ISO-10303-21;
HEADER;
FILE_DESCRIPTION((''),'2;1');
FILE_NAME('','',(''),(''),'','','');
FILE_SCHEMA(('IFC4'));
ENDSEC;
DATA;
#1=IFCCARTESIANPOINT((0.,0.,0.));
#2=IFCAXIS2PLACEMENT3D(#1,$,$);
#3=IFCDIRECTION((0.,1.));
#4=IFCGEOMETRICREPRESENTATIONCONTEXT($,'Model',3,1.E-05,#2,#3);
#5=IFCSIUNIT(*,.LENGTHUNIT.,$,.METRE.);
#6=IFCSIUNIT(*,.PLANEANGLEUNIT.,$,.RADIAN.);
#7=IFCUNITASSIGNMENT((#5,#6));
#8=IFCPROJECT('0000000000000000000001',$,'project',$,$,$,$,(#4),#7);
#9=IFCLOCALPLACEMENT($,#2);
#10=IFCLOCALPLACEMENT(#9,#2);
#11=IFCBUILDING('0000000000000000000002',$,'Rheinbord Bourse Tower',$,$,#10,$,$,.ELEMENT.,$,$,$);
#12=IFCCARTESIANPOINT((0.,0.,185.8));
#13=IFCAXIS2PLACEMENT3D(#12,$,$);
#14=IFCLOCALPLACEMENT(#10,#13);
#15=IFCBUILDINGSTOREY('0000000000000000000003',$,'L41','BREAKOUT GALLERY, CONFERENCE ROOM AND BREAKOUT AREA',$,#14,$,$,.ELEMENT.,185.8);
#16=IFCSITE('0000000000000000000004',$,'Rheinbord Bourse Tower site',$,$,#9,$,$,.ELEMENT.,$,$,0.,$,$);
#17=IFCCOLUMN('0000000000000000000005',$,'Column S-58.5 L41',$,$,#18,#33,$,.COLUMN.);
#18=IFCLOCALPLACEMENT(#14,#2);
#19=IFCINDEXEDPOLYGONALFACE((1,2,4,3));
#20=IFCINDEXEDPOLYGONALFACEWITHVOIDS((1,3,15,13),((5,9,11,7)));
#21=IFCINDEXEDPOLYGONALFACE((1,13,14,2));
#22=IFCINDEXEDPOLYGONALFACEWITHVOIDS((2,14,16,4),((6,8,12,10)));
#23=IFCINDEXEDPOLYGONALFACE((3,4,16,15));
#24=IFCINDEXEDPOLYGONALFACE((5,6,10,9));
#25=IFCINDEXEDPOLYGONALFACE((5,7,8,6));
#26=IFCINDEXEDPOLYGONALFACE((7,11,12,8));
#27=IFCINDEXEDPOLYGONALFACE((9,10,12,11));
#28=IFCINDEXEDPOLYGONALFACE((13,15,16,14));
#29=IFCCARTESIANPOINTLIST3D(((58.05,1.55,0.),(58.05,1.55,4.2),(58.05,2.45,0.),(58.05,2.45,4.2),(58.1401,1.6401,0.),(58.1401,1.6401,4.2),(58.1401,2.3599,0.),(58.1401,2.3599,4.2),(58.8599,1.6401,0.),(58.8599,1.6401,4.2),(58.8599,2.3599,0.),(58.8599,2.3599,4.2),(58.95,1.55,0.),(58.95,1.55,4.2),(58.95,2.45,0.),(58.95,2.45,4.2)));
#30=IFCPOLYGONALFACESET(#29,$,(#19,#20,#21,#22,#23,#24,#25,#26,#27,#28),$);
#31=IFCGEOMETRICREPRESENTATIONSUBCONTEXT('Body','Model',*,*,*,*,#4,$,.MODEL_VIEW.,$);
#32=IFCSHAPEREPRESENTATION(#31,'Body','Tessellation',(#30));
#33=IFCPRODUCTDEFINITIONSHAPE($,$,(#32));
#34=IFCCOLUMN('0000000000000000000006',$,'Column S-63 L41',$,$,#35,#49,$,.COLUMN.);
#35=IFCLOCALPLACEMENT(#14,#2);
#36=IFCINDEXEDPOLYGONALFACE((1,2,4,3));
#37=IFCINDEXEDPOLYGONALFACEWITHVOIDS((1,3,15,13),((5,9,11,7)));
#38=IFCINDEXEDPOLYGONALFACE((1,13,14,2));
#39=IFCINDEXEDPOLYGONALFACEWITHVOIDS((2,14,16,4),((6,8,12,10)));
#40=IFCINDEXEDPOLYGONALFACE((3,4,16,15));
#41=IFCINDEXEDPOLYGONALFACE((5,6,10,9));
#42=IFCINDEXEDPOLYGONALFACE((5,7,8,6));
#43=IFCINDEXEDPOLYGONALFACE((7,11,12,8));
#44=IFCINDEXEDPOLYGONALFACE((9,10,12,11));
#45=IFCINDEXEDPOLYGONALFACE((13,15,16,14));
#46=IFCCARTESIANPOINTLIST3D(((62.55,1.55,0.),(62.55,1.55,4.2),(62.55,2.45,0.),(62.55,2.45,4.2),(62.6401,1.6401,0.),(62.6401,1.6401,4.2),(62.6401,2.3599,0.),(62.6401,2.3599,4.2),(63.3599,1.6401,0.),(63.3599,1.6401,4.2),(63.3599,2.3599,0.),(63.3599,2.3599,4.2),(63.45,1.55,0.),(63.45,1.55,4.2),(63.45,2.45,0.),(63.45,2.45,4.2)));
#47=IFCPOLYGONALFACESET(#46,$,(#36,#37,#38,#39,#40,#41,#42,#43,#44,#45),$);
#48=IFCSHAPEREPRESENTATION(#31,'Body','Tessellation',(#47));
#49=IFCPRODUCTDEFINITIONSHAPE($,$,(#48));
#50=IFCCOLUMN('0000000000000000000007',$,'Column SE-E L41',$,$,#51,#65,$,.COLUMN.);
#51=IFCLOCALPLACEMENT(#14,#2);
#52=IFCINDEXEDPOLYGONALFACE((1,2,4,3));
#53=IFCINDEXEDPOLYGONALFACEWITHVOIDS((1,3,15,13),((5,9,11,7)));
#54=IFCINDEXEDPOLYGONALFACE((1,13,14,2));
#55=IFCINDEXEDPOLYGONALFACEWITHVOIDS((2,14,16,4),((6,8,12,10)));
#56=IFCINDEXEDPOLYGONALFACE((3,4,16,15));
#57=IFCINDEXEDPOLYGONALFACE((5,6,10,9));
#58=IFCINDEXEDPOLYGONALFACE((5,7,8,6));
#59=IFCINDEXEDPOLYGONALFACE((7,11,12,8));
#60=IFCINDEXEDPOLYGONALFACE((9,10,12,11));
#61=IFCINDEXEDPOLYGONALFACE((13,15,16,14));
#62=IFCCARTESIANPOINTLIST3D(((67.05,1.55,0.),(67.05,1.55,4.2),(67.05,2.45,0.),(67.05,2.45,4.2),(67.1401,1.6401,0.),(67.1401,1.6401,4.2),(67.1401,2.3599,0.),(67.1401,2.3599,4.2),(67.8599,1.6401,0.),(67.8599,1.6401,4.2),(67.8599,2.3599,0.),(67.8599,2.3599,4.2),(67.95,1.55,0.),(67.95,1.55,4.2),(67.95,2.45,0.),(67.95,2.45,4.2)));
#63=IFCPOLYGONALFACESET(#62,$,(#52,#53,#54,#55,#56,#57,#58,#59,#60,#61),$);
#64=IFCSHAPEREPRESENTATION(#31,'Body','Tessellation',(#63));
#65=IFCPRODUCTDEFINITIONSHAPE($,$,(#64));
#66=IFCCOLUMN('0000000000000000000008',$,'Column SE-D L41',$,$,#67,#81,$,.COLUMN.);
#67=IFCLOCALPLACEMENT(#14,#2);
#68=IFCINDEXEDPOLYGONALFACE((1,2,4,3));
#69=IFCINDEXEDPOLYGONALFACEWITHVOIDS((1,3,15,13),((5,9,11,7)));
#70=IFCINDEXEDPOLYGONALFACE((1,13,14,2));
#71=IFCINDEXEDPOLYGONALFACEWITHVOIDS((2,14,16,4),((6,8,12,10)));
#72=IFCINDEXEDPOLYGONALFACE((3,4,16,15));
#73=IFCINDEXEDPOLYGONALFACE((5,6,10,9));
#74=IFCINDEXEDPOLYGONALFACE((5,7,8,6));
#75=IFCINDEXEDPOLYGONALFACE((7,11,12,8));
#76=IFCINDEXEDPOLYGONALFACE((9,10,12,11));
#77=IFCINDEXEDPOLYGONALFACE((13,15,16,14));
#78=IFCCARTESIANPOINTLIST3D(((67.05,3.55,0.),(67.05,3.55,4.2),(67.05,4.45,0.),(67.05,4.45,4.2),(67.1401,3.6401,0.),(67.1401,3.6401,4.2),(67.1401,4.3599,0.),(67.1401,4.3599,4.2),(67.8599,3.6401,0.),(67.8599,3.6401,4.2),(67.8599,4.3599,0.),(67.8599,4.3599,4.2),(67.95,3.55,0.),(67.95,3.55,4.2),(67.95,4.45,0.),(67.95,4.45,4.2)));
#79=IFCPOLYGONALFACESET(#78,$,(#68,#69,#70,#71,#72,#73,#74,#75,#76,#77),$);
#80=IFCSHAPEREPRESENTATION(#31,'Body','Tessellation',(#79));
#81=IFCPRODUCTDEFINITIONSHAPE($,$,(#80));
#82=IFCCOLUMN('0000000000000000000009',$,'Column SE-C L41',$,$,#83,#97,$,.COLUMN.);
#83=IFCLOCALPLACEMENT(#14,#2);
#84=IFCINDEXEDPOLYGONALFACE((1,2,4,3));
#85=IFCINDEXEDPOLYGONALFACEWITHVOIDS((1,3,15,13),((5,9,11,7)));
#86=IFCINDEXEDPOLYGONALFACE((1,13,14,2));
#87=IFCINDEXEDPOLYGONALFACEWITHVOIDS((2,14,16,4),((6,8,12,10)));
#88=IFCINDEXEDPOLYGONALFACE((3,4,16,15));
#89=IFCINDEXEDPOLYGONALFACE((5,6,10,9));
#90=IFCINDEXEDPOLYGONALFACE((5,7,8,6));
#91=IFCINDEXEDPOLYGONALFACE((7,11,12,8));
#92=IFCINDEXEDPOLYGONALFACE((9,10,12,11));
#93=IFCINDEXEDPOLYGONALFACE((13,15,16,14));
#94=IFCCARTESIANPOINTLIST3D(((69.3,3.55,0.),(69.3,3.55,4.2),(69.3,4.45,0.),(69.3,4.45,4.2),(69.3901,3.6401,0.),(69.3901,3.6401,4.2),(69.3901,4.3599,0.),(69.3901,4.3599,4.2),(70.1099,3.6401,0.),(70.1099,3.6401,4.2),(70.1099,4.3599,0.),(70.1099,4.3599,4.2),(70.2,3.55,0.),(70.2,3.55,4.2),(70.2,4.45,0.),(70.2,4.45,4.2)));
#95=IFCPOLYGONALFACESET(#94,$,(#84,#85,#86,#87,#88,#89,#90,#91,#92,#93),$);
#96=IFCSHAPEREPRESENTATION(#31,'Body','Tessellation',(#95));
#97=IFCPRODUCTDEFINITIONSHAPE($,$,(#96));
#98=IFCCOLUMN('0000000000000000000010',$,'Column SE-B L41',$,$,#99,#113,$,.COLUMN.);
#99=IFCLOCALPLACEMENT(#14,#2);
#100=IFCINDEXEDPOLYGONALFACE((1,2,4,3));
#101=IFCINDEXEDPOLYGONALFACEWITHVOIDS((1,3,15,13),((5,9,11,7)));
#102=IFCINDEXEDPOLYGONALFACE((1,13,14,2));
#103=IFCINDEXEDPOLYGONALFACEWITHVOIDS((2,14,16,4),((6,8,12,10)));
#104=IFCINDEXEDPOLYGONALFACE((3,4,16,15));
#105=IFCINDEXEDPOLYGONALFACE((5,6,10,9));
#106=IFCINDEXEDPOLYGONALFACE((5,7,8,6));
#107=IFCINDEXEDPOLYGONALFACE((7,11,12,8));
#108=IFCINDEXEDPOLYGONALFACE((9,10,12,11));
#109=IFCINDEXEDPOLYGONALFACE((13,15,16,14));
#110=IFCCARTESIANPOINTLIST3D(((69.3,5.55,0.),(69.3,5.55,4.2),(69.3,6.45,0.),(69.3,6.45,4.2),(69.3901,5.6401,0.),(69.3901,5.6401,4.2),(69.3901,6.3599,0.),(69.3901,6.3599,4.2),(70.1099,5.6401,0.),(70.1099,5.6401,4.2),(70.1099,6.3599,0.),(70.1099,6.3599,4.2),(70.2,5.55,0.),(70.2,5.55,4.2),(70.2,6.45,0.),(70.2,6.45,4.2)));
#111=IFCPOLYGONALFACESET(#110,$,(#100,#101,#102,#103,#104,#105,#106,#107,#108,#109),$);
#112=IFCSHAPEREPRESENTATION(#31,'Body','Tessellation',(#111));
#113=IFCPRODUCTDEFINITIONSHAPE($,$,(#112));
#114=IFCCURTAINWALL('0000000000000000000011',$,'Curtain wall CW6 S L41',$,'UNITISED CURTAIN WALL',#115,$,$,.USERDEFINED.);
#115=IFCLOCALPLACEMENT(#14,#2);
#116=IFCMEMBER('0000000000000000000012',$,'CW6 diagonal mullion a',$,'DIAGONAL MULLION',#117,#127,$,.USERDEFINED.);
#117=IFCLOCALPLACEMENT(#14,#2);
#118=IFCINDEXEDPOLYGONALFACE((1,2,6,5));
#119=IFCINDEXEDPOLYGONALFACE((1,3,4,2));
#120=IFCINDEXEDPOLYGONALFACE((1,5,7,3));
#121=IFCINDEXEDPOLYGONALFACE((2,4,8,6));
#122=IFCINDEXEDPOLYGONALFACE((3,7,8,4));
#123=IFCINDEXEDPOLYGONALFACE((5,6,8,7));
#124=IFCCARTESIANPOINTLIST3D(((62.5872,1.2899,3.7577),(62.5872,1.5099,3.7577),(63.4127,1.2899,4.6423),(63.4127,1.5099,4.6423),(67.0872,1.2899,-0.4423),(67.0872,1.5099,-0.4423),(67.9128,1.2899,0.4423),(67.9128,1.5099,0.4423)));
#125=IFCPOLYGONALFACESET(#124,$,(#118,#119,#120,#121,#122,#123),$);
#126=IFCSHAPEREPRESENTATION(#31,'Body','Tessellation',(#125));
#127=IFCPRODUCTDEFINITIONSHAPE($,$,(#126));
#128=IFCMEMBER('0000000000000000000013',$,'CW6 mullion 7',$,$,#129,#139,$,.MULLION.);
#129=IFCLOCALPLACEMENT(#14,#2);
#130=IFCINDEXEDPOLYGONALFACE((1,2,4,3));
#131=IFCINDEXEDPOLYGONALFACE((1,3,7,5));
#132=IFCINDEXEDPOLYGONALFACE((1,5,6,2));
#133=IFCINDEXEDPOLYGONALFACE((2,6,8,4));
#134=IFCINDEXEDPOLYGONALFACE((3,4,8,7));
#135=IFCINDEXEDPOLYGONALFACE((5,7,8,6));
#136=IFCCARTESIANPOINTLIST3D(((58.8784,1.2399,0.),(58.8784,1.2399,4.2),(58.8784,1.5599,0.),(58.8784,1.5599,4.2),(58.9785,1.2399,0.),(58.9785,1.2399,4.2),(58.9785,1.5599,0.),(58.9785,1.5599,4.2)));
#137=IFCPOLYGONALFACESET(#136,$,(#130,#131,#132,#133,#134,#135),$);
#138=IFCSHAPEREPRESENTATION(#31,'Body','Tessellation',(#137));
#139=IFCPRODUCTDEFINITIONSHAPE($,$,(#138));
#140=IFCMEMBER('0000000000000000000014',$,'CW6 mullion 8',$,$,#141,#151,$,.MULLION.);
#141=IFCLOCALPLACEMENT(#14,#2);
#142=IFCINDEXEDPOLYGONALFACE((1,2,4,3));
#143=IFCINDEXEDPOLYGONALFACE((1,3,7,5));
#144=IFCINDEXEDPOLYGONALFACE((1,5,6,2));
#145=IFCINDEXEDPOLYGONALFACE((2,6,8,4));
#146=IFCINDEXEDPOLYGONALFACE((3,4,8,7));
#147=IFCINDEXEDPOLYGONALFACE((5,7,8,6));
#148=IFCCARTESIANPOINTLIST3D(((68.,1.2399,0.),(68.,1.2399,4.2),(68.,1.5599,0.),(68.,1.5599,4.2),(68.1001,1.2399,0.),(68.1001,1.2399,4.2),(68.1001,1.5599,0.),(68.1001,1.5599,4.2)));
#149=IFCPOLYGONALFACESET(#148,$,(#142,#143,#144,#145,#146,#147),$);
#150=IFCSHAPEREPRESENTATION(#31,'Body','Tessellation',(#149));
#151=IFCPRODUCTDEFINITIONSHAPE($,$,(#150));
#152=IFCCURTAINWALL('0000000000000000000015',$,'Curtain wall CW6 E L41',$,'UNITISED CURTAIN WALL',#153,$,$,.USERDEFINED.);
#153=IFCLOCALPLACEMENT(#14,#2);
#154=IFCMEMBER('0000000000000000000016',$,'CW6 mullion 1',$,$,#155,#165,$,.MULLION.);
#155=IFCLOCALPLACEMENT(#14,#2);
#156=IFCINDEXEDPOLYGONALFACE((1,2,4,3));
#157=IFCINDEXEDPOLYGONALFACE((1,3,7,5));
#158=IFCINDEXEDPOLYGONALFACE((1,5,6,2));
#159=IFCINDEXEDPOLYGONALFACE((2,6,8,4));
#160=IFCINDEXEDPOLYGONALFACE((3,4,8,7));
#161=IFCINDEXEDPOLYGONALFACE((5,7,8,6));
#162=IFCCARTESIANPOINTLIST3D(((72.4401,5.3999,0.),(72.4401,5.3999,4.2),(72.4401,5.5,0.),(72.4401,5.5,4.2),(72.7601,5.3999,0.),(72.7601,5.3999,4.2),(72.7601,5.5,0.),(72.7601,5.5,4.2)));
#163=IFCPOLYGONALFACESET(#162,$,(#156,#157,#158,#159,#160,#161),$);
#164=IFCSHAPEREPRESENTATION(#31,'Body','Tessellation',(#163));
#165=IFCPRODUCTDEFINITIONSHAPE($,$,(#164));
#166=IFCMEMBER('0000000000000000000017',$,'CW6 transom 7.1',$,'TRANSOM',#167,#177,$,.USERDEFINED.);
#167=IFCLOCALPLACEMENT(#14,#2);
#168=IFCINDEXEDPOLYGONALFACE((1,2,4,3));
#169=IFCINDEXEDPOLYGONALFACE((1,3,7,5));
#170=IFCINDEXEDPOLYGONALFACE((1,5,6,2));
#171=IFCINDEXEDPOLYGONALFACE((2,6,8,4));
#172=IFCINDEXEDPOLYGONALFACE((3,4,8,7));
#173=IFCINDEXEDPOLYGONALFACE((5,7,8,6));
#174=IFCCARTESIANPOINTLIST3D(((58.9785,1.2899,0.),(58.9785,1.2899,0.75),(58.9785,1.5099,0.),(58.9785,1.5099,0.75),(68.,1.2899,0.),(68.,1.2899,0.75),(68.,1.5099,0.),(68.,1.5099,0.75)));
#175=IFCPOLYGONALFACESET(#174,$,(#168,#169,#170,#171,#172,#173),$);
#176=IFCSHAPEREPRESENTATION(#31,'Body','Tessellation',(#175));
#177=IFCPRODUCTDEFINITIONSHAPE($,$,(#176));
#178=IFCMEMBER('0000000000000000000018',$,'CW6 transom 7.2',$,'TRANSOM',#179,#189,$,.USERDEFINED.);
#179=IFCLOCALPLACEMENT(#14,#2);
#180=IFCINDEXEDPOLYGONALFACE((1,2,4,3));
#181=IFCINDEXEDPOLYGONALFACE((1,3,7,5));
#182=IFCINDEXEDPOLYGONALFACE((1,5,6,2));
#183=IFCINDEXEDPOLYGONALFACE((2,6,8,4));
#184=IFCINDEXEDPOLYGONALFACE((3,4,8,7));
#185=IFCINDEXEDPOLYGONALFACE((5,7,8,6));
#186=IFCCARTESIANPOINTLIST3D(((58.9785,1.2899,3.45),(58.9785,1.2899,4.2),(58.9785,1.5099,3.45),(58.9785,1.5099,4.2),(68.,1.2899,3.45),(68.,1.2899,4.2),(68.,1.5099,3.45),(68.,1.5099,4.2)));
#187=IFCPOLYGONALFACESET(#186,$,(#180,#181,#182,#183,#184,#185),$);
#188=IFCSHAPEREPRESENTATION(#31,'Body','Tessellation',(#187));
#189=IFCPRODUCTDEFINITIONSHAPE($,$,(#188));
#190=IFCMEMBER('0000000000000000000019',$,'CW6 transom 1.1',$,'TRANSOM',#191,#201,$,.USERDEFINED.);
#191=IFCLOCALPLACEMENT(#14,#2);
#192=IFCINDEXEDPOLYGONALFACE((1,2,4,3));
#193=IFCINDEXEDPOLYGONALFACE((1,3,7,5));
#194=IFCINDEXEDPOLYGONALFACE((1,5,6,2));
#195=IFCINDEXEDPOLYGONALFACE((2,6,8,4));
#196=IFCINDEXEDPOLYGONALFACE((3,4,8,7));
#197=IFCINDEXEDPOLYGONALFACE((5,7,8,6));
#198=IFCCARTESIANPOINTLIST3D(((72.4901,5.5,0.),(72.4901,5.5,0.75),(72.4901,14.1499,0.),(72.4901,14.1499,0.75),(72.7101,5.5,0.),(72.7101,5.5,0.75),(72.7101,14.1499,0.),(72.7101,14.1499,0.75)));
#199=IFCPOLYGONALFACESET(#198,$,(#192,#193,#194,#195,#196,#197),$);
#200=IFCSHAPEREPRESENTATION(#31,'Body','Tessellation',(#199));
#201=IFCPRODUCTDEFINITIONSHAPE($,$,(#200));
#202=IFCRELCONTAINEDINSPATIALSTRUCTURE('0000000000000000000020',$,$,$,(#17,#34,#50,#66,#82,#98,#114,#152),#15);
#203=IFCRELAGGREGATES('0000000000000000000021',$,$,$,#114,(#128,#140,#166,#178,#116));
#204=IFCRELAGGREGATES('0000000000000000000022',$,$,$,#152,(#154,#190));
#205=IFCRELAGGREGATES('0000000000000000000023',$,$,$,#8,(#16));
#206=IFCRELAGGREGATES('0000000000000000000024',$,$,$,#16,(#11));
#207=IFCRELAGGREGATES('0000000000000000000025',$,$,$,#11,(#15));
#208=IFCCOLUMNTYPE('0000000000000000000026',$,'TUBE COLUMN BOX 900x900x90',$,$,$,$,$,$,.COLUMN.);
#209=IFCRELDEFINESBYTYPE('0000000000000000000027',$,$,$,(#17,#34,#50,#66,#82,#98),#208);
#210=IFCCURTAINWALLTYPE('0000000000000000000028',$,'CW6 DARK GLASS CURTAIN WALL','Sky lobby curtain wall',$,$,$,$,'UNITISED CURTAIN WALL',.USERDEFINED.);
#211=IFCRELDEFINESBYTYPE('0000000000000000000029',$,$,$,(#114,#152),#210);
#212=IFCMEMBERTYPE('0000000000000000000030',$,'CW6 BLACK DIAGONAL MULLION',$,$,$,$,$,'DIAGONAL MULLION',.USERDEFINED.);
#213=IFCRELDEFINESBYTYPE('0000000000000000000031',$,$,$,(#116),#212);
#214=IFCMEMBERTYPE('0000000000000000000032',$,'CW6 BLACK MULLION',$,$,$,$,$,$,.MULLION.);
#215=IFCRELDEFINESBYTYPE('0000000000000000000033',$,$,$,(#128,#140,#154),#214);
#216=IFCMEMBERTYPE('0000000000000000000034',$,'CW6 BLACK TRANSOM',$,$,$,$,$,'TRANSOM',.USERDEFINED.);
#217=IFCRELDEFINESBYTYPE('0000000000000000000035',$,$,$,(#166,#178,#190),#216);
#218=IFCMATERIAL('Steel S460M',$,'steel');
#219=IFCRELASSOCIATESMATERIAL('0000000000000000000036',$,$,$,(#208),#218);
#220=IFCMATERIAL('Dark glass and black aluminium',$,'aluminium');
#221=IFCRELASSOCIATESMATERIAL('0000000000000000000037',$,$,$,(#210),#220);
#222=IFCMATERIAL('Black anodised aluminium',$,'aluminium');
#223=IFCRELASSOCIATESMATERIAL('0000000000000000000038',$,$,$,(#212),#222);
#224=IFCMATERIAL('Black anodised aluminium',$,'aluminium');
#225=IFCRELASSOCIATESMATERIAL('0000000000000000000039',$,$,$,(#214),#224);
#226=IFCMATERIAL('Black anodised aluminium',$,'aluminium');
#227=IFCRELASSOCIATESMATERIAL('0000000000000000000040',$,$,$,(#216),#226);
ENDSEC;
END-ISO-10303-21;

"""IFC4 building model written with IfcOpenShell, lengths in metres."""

from ifc_helpers import new_model, si_unit, direction, frame, origin, origin_2d, place, context, subcontext, project, spatial, rectangle, hollow_rectangle, extrude, material, material_profile, profile_set, type_object, element, aggregate, save


model = new_model("IFC4")

# Units and contexts
model_context = context("Model", 3, precision=1e-05, world=origin(), true_north=direction((0.0, 1.0)))
body_context = subcontext(model_context, "Body", "Model", "MODEL_VIEW")
ifc_project = project(units=[si_unit("LENGTHUNIT", "METRE"), si_unit("PLANEANGLEUNIT", "RADIAN")], contexts=[model_context])

# Site, building, storey
site_placement = place(None, origin())
site = spatial("IfcSite", under=ifc_project, at=site_placement, Name="Rheinbord Bourse Tower site", CompositionType="ELEMENT", RefElevation=0.0)
building_placement = place(site_placement, origin())
building = spatial("IfcBuilding", under=site, at=building_placement, Name="Rheinbord Bourse Tower", CompositionType="ELEMENT")
storey_placement = place(building_placement, frame((0.0, 0.0, 185.8)))
storey = spatial("IfcBuildingStorey", under=building, at=storey_placement, Name="L41", Description="BREAKOUT GALLERY, CONFERENCE ROOM AND BREAKOUT AREA", CompositionType="ELEMENT", Elevation=185.8)

# Columns
ifc_material_1 = material(Name="Steel S460M", Category="steel")
ifc_material_profile_1 = material_profile(ifc_material_1, hollow_rectangle(XDim=0.8999, YDim=0.8999, WallThickness=0.0901, at=origin_2d()), Name="BOX 900x900x90")
ifc_profile_set_1 = profile_set([ifc_material_profile_1], Name="Steel S460M")
column_type = type_object("IfcColumnType", Name="TUBE COLUMN BOX 900x900x90", PredefinedType="COLUMN", material=ifc_profile_set_1)
for number, where, z_axis, x_axis, name in (
    (1, (58.5, 2.0, 0.0), (0.0, 0.0, 1.0), (0.0, 1.0, 0.0), "Column S-58.5 L41"),
    (2, (63.0, 2.0, 0.0), (0.0, 0.0, 1.0), (0.0, 1.0, 0.0), "Column S-63 L41"),
    (3, (67.5, 2.0, 0.0), (0.0, 0.0, 1.0), (0.0, 1.0, 0.0), "Column SE-E L41"),
    (4, (67.5, 4.0, 0.0), (0.0, 0.0, 1.0), (0.0, 1.0, 0.0), "Column SE-D L41"),
    (5, (69.75, 4.0, 0.0), (0.0, 0.0, 1.0), (1.0, 0.0, 0.0), "Column SE-C L41"),
    (6, (69.75, 6.0, 0.0), (0.0, 0.0, 1.0), (1.0, 0.0, 0.0), "Column SE-B L41"),
):
    element("IfcColumn", number, at=place(storey_placement, frame(where, z_axis=z_axis, x_axis=x_axis)), inside=storey, type_object=column_type, Name=name, PredefinedType="COLUMN", context=body_context, shape_type="SweptSolid", body=[
        extrude(hollow_rectangle(XDim=0.8999, YDim=0.8999, WallThickness=0.0901, at=origin_2d()), origin(), (0.0, 0.0, 1.0), 4.2),
    ])

# Curtain wall, members
ifc_material_2 = material(Name="Dark glass and black aluminium", Category="aluminium")
curtain_wall_type = type_object("IfcCurtainWallType", Name="CW6 DARK GLASS CURTAIN WALL", Description="Sky lobby curtain wall", ElementType="UNITISED CURTAIN WALL", PredefinedType="USERDEFINED", material=ifc_material_2)
curtain_wall_1_placement = place(storey_placement, origin())
curtain_wall_1 = element("IfcCurtainWall", 7, at=curtain_wall_1_placement, inside=storey, type_object=curtain_wall_type, Name="Curtain wall CW6 S L41", ObjectType="UNITISED CURTAIN WALL", PredefinedType="USERDEFINED")
ifc_material_3 = material(Name="Black anodised aluminium", Category="aluminium")
ifc_material_profile_2 = material_profile(ifc_material_3, rectangle(XDim=0.22, YDim=1.21, at=origin_2d()), Name="CW6 DIAGONAL MULLION 1210x220")
ifc_profile_set_2 = profile_set([ifc_material_profile_2], Name="Black anodised aluminium")
member_type_1 = type_object("IfcMemberType", Name="CW6 BLACK DIAGONAL MULLION", ElementType="DIAGONAL MULLION", PredefinedType="USERDEFINED", material=ifc_profile_set_2)
member_1_placement = place(storey_placement, frame((67.5, 1.3999, 0.0), z_axis=(-0.731059, 0.0, 0.682314), x_axis=(0.0, -1.0, 0.0)))
member_1 = element("IfcMember", 8, at=member_1_placement, type_object=member_type_1, Name="CW6 diagonal mullion a", ObjectType="DIAGONAL MULLION", PredefinedType="USERDEFINED", context=body_context, shape_type="SweptSolid", body=[
    extrude(rectangle(XDim=0.22, YDim=1.21, at=origin_2d()), origin(), (0.0, 0.0, 1.0), 6.1555),
])
ifc_material_4 = material(Name="Black anodised aluminium", Category="aluminium")
ifc_material_profile_3 = material_profile(ifc_material_4, rectangle(XDim=0.3201, YDim=0.1001, at=origin_2d()), Name="CW6 MULLION 100x320")
ifc_profile_set_3 = profile_set([ifc_material_profile_3], Name="Black anodised aluminium")
member_type_2 = type_object("IfcMemberType", Name="CW6 BLACK MULLION", PredefinedType="MULLION", material=ifc_profile_set_3)
member_2_placement = place(storey_placement, frame((58.9285, 1.3999, 0.0), z_axis=(0.0, 0.0, 1.0), x_axis=(0.0, 1.0, 0.0)))
member_2 = element("IfcMember", 9, at=member_2_placement, type_object=member_type_2, Name="CW6 mullion 7", PredefinedType="MULLION", context=body_context, shape_type="SweptSolid", body=[
    extrude(rectangle(XDim=0.3201, YDim=0.1001, at=origin_2d()), origin(), (0.0, 0.0, 1.0), 4.2),
])
member_3_placement = place(storey_placement, frame((68.05, 1.3999, 0.0), z_axis=(0.0, 0.0, 1.0), x_axis=(0.0, 1.0, 0.0)))
member_3 = element("IfcMember", 10, at=member_3_placement, type_object=member_type_2, Name="CW6 mullion 8", PredefinedType="MULLION", context=body_context, shape_type="SweptSolid", body=[
    extrude(rectangle(XDim=0.3201, YDim=0.1001, at=origin_2d()), origin(), (0.0, 0.0, 1.0), 4.2),
])

# Curtain wall, member
curtain_wall_2_placement = place(storey_placement, origin())
curtain_wall_2 = element("IfcCurtainWall", 11, at=curtain_wall_2_placement, inside=storey, type_object=curtain_wall_type, Name="Curtain wall CW6 E L41", ObjectType="UNITISED CURTAIN WALL", PredefinedType="USERDEFINED")
member_4_placement = place(storey_placement, frame((72.6001, 5.45, 0.0), z_axis=(0.0, 0.0, 1.0), x_axis=(-1.0, 0.0, 0.0)))
member_4 = element("IfcMember", 12, at=member_4_placement, type_object=member_type_2, Name="CW6 mullion 1", PredefinedType="MULLION", context=body_context, shape_type="SweptSolid", body=[
    extrude(rectangle(XDim=0.3201, YDim=0.1001, at=origin_2d()), origin(), (0.0, 0.0, 1.0), 4.2),
])

# Members
ifc_material_5 = material(Name="Black anodised aluminium", Category="aluminium")
ifc_material_profile_4 = material_profile(ifc_material_5, rectangle(XDim=0.22, YDim=0.75, at=origin_2d()), Name="CW6 TRANSOM 750x220")
ifc_profile_set_4 = profile_set([ifc_material_profile_4], Name="Black anodised aluminium")
member_type_3 = type_object("IfcMemberType", Name="CW6 BLACK TRANSOM", ElementType="TRANSOM", PredefinedType="USERDEFINED", material=ifc_profile_set_4)
member_5_placement = place(storey_placement, frame((58.9785, 1.3999, 0.375), z_axis=(1.0, 0.0, 0.0), x_axis=(0.0, 1.0, 0.0)))
member_5 = element("IfcMember", 13, at=member_5_placement, type_object=member_type_3, Name="CW6 transom 7.1", ObjectType="TRANSOM", PredefinedType="USERDEFINED", context=body_context, shape_type="SweptSolid", body=[
    extrude(rectangle(XDim=0.22, YDim=0.75, at=origin_2d()), origin(), (0.0, 0.0, 1.0), 9.0215),
])
member_6_placement = place(storey_placement, frame((58.9785, 1.3999, 3.825), z_axis=(1.0, 0.0, 0.0), x_axis=(0.0, 1.0, 0.0)))
member_6 = element("IfcMember", 14, at=member_6_placement, type_object=member_type_3, Name="CW6 transom 7.2", ObjectType="TRANSOM", PredefinedType="USERDEFINED", context=body_context, shape_type="SweptSolid", body=[
    extrude(rectangle(XDim=0.22, YDim=0.75, at=origin_2d()), origin(), (0.0, 0.0, 1.0), 9.0215),
])
member_7_placement = place(storey_placement, frame((72.6001, 5.5, 0.375), z_axis=(0.0, 1.0, 0.0), x_axis=(-1.0, 0.0, 0.0)))
member_7 = element("IfcMember", 15, at=member_7_placement, type_object=member_type_3, Name="CW6 transom 1.1", ObjectType="TRANSOM", PredefinedType="USERDEFINED", context=body_context, shape_type="SweptSolid", body=[
    extrude(rectangle(XDim=0.22, YDim=0.75, at=origin_2d()), origin(), (0.0, 0.0, 1.0), 8.6499),
])

aggregate(curtain_wall_1, [member_2, member_3, member_5, member_6, member_1])
aggregate(curtain_wall_2, [member_4, member_7])

save(model, "model.ifc")
